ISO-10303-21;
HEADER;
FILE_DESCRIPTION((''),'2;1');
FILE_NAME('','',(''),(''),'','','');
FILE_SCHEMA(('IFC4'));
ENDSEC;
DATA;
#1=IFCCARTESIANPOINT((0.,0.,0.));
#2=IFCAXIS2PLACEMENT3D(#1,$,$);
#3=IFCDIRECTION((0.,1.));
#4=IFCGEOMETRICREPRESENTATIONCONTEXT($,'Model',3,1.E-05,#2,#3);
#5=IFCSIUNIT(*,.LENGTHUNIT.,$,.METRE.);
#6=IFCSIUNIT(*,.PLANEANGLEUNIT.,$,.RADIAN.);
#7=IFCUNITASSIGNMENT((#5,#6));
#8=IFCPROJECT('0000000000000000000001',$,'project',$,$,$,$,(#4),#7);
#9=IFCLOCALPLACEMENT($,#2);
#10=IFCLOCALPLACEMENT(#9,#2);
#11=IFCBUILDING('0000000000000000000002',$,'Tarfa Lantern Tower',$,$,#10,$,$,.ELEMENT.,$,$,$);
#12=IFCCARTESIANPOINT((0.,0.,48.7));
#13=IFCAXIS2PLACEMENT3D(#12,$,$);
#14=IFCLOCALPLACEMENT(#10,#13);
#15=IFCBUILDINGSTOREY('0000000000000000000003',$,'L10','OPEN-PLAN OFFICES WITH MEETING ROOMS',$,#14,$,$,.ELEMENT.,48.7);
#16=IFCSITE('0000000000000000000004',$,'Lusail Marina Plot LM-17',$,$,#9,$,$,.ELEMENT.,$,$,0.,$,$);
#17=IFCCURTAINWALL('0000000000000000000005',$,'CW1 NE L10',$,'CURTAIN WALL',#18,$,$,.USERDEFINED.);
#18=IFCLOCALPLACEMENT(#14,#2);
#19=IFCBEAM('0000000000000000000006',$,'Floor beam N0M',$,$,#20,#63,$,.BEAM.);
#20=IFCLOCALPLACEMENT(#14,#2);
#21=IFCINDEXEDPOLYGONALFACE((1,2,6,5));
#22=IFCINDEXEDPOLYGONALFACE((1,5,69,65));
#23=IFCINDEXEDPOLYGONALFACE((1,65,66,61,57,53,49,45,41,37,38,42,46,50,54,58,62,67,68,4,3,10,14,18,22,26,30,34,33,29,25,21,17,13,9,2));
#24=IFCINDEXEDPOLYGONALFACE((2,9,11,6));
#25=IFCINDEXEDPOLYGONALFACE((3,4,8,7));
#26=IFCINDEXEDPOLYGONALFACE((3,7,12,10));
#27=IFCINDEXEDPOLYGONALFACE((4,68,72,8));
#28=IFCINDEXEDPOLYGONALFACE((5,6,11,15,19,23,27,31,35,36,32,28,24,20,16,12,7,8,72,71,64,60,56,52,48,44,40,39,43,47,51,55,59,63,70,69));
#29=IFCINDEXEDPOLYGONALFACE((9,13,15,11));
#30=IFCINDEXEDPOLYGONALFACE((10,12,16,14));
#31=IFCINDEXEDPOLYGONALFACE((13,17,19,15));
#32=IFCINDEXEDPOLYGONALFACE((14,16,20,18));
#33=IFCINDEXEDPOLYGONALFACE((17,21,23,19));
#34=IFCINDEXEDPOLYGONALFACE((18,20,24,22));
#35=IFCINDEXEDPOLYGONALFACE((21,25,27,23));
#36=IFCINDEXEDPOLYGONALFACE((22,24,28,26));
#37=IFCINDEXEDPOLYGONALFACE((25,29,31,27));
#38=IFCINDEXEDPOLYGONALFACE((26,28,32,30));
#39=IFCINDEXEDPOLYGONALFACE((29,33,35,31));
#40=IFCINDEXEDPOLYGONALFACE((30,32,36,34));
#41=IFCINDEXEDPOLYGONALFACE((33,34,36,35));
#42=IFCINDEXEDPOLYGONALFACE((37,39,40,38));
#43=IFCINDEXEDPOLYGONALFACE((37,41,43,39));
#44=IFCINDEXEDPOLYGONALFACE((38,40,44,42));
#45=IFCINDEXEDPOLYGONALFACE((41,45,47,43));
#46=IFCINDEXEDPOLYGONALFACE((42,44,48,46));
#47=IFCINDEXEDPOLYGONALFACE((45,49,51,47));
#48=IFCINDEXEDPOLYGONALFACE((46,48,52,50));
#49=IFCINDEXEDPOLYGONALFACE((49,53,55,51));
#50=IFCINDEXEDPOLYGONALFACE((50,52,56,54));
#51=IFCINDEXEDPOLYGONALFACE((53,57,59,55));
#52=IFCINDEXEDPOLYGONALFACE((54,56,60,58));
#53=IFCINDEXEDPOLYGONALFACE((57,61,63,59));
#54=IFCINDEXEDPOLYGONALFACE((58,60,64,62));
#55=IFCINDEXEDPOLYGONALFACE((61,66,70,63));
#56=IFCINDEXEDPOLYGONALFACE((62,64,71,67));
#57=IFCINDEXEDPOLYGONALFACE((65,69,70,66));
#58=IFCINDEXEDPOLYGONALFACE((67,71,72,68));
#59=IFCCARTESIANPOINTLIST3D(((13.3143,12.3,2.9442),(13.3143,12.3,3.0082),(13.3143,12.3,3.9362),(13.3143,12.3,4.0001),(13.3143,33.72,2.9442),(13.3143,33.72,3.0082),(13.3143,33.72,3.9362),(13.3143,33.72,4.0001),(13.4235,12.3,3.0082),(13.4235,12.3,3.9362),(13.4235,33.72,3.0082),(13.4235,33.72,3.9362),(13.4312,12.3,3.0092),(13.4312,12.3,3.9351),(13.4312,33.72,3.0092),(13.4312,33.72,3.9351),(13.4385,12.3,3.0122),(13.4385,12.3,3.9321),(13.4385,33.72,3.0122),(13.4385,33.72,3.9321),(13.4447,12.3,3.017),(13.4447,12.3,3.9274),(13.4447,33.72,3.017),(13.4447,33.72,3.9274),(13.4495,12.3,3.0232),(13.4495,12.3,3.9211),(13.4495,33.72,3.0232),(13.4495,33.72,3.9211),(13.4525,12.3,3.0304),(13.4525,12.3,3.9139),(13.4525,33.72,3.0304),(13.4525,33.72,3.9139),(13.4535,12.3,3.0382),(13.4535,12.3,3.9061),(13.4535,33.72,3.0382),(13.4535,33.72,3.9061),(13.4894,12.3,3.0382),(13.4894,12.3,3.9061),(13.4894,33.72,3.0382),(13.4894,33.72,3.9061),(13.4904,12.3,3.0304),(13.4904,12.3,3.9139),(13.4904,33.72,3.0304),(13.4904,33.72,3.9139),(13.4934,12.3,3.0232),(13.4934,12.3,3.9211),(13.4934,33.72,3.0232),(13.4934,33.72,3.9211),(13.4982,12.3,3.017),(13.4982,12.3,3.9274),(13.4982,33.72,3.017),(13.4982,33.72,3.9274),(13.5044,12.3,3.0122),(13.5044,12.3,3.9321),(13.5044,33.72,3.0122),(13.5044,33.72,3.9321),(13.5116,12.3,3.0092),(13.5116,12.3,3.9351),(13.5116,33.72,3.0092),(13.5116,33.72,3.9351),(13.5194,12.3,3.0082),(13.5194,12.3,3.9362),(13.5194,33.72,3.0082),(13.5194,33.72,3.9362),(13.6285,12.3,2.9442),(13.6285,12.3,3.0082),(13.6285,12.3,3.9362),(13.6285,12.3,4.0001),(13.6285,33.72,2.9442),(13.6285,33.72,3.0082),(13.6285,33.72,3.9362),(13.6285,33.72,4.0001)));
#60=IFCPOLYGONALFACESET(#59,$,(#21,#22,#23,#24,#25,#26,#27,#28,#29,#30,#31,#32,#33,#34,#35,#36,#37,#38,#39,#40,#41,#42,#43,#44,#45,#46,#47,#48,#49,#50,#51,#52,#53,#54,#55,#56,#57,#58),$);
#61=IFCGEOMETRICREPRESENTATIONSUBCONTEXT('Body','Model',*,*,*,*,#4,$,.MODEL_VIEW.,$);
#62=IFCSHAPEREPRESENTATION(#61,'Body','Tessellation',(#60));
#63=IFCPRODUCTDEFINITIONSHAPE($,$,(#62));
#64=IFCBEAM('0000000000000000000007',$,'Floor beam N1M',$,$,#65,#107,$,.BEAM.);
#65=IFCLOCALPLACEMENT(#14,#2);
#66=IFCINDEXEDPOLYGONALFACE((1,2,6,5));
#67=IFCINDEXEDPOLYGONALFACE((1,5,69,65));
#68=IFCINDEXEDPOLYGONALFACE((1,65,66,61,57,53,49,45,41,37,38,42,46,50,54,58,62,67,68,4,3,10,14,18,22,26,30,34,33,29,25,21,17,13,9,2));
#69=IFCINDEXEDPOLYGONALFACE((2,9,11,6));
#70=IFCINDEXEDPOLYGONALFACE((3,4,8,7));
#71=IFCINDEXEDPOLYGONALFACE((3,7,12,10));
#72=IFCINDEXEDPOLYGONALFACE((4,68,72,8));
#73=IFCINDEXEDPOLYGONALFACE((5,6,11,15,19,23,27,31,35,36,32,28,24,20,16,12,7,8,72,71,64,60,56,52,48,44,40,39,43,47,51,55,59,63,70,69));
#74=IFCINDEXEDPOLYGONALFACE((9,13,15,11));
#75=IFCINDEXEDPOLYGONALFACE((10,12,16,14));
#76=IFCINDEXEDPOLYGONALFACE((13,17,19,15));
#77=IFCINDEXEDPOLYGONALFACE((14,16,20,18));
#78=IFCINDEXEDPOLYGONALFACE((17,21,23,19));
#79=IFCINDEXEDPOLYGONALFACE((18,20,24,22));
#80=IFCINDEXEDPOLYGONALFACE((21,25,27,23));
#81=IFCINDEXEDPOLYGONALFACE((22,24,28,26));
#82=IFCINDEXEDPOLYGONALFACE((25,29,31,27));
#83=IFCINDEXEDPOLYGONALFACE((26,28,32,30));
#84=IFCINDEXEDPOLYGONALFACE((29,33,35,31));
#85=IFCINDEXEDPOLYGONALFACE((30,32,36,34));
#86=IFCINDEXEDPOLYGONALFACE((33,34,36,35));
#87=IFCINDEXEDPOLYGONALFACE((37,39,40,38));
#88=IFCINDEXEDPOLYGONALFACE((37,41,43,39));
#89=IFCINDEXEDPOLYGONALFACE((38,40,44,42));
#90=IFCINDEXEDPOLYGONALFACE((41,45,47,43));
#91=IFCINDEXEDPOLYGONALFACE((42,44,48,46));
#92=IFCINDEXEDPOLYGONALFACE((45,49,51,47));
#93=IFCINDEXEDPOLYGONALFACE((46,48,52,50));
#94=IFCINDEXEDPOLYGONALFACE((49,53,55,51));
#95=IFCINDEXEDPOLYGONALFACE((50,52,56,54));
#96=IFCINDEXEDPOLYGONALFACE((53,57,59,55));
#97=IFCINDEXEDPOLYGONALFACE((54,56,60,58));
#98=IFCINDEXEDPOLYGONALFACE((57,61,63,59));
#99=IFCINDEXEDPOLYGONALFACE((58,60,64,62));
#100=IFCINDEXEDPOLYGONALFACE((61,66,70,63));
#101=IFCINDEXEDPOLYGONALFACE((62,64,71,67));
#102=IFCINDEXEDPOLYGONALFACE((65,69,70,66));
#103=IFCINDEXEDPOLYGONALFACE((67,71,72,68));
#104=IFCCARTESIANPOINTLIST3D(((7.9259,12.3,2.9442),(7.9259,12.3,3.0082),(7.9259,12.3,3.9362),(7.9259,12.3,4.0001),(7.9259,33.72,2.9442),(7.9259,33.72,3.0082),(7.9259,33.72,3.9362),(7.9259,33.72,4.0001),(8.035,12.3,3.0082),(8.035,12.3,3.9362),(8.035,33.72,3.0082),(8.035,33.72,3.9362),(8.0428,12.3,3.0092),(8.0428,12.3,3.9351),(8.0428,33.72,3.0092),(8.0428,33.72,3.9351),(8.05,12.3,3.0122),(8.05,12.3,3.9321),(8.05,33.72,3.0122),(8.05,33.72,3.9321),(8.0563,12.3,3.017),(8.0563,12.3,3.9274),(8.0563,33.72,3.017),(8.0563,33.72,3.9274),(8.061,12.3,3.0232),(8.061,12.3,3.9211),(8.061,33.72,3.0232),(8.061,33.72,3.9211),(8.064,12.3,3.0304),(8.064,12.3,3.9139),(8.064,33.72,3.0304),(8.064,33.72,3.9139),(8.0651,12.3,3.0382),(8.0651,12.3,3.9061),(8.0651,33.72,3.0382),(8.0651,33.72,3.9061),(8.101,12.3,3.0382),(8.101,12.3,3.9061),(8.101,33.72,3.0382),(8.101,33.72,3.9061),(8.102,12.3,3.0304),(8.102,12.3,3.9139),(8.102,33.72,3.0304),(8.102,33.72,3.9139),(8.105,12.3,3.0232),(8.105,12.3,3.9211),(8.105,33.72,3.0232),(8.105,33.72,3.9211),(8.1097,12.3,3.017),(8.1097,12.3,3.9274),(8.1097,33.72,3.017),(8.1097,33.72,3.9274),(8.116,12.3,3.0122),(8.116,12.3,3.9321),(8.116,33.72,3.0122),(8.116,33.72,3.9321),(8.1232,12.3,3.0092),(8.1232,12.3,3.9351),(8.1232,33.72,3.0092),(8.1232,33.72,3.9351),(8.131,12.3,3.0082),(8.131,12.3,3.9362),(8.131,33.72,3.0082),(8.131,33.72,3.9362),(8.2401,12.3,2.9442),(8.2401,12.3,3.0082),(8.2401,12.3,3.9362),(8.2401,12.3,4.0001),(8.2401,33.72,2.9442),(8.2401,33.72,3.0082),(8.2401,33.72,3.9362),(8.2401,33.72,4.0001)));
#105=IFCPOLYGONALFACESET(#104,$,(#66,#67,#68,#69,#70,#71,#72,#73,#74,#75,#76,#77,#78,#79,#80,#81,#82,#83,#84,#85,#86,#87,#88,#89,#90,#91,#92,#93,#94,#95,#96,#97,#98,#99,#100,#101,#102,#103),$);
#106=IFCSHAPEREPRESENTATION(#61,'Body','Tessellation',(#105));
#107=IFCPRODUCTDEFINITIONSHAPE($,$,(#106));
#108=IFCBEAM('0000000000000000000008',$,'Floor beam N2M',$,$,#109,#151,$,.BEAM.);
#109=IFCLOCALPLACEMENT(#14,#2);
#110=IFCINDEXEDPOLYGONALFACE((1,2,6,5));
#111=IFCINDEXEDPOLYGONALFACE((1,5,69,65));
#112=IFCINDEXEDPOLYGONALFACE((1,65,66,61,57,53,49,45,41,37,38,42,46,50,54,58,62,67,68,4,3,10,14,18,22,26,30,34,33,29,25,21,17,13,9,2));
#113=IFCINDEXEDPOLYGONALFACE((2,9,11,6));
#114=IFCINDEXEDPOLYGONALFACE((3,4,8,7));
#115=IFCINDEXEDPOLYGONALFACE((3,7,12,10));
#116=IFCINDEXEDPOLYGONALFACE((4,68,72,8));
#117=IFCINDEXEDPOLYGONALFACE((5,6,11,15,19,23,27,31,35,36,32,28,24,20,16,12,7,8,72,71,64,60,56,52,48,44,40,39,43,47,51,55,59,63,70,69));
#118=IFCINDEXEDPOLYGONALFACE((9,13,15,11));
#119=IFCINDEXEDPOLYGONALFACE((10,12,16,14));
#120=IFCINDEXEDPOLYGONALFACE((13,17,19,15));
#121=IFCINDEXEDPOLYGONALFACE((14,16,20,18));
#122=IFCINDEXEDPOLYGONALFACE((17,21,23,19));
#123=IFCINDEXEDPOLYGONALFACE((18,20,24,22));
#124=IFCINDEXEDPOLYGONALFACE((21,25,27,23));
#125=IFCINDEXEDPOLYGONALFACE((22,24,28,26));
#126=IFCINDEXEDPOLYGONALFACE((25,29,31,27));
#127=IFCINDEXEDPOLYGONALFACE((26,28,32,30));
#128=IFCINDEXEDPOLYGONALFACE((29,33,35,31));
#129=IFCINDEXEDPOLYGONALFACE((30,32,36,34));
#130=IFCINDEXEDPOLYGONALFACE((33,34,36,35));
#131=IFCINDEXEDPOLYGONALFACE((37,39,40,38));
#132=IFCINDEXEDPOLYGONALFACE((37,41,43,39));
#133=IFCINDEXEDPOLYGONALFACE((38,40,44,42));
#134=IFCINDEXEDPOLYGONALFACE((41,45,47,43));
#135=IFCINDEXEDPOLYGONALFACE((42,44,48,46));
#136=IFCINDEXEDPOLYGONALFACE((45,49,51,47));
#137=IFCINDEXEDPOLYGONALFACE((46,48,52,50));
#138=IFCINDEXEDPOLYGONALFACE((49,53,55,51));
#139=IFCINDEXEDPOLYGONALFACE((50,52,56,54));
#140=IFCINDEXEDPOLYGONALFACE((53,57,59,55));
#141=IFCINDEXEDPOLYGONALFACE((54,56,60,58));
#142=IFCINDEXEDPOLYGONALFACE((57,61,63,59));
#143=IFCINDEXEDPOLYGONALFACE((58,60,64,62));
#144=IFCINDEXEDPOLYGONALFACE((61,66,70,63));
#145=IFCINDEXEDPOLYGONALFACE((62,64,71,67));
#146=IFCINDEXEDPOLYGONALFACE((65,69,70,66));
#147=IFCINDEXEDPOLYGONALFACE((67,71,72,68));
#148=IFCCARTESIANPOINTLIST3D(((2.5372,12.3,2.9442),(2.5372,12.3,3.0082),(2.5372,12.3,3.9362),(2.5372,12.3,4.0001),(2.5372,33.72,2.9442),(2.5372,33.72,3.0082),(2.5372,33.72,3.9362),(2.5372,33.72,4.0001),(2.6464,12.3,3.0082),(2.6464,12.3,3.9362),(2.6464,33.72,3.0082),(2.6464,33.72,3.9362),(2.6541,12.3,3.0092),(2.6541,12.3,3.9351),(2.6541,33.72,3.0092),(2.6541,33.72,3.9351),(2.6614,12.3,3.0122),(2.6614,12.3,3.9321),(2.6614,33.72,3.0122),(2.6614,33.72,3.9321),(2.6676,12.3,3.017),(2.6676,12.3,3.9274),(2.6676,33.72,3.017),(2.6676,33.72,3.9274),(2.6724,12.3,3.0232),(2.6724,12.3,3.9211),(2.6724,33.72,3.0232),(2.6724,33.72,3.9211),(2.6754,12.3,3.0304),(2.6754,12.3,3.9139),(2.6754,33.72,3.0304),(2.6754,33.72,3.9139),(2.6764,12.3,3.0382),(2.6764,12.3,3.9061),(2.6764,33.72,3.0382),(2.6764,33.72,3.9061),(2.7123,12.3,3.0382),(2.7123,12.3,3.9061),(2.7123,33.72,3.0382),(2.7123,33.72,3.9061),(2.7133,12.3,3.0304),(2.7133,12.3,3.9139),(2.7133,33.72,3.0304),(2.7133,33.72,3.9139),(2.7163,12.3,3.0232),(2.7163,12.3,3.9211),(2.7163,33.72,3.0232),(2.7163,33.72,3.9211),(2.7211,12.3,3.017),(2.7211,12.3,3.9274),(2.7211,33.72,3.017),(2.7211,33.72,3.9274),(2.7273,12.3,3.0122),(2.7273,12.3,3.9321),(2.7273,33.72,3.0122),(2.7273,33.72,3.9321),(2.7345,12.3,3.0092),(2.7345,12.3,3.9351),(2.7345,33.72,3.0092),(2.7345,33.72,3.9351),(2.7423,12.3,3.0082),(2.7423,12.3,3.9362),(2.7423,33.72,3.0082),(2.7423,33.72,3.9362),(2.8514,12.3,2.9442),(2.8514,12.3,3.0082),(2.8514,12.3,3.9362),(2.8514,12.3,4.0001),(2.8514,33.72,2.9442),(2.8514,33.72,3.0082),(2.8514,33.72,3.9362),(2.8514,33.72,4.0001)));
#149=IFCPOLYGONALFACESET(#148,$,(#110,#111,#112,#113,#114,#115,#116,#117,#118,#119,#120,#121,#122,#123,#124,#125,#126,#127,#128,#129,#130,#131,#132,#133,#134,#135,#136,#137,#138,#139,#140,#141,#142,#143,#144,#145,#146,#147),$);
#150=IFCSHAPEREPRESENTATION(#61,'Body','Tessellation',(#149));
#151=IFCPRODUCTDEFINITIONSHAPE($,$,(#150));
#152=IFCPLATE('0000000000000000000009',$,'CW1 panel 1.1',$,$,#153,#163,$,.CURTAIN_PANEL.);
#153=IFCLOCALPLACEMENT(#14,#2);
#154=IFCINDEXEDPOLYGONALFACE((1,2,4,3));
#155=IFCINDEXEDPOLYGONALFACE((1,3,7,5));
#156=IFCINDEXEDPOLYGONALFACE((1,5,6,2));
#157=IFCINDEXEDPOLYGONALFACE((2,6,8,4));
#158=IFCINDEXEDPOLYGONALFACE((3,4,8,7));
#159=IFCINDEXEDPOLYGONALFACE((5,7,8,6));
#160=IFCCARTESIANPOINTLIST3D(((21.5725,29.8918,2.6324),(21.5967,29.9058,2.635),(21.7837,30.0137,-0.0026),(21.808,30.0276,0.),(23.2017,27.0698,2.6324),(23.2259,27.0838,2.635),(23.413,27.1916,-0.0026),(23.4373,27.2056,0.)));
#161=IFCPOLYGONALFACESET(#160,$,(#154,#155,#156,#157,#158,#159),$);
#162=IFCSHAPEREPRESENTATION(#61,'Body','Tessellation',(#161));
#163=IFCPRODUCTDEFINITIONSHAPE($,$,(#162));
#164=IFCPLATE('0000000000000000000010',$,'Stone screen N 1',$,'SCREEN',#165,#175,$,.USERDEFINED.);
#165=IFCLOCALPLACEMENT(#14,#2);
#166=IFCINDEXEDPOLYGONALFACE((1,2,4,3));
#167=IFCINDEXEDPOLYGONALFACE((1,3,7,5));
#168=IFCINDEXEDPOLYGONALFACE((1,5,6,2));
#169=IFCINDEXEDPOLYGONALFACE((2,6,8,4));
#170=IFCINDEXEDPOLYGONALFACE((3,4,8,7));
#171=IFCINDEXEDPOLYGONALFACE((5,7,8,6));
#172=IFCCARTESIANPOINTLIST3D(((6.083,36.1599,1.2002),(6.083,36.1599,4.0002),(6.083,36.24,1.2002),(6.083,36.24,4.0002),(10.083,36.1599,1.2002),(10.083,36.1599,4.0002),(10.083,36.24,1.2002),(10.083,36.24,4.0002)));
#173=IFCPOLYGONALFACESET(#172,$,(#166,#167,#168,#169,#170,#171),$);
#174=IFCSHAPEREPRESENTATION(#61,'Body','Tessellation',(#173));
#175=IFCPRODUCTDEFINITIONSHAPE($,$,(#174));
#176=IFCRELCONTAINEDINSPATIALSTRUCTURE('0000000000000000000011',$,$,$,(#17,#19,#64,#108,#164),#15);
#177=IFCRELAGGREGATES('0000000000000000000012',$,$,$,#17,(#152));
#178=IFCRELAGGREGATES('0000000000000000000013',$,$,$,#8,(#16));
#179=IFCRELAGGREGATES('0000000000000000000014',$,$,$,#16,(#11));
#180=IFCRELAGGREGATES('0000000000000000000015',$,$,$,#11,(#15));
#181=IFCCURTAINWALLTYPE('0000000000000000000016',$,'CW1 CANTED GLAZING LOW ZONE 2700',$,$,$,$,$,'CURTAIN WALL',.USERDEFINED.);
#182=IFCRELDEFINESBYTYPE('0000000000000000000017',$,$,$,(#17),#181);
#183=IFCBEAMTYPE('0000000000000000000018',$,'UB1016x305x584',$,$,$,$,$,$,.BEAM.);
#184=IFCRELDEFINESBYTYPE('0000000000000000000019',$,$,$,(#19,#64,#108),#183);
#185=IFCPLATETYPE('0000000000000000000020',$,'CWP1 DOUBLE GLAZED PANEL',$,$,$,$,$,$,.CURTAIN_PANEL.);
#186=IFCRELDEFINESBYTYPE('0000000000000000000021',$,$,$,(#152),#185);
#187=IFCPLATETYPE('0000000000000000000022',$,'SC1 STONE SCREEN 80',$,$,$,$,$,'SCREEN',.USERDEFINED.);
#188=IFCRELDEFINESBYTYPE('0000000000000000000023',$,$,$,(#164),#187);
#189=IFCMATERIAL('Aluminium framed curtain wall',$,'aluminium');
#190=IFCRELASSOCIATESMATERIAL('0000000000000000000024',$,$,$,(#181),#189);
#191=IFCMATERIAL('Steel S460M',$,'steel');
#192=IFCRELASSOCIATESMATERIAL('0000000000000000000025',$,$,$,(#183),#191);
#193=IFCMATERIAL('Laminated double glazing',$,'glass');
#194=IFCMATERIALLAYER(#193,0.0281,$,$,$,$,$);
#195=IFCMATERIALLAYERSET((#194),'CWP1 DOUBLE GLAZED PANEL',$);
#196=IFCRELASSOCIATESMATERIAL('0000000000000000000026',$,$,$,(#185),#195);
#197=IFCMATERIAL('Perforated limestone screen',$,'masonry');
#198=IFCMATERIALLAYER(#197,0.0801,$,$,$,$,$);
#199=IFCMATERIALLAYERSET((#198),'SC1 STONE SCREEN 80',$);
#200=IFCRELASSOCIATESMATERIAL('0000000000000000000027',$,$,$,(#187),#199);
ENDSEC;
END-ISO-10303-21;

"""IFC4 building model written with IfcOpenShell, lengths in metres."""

from ifc_helpers import new_model, si_unit, direction, frame, origin, origin_2d, place, context, subcontext, project, spatial, polyline, rectangle, i_section, outline, extrude, material, layer, layer_set, material_profile, profile_set, type_object, element, aggregate, save


model = new_model("IFC4")

# Units and contexts
model_context = context("Model", 3, precision=1e-05, world=origin(), true_north=direction((0.0, 1.0)))
body_context = subcontext(model_context, "Body", "Model", "MODEL_VIEW")
ifc_project = project(units=[si_unit("LENGTHUNIT", "METRE"), si_unit("PLANEANGLEUNIT", "RADIAN")], contexts=[model_context])

# Site, building, storey
site_placement = place(None, origin())
site = spatial("IfcSite", under=ifc_project, at=site_placement, Name="Lusail Marina Plot LM-17", CompositionType="ELEMENT", RefElevation=0.0)
building_placement = place(site_placement, origin())
building = spatial("IfcBuilding", under=site, at=building_placement, Name="Tarfa Lantern Tower", CompositionType="ELEMENT")
storey_placement = place(building_placement, frame((0.0, 0.0, 48.7)))
storey = spatial("IfcBuildingStorey", under=building, at=storey_placement, Name="L10", Description="OPEN-PLAN OFFICES WITH MEETING ROOMS", CompositionType="ELEMENT", Elevation=48.7)

# Curtain wall
ifc_material_1 = material(Name="Aluminium framed curtain wall", Category="aluminium")
curtain_wall_type = type_object("IfcCurtainWallType", Name="CW1 CANTED GLAZING LOW ZONE 2700", ElementType="CURTAIN WALL", PredefinedType="USERDEFINED", material=ifc_material_1)
curtain_wall_placement = place(storey_placement, origin())
curtain_wall = element("IfcCurtainWall", 1, at=curtain_wall_placement, inside=storey, type_object=curtain_wall_type, Name="CW1 NE L10", ObjectType="CURTAIN WALL", PredefinedType="USERDEFINED")

# Beams
ifc_material_2 = material(Name="Steel S460M", Category="steel")
ifc_material_profile_1 = material_profile(ifc_material_2, i_section(OverallWidth=0.3142, OverallDepth=1.0559, WebThickness=0.0359, FlangeThickness=0.064, FilletRadius=0.03, at=origin_2d()), Name="UB1016x305x584")
ifc_profile_set_1 = profile_set([ifc_material_profile_1], Name="Steel S460M")
beam_type_1 = type_object("IfcBeamType", Name="UB1016x305x584", PredefinedType="BEAM", material=ifc_profile_set_1)
for number, where, z_axis, x_axis, name in (
    (2, (13.4714, 33.72, 3.4722), (0.0, -1.0, 0.0), (1.0, 0.0, 0.0), "Floor beam N0M"),
    (3, (8.083, 33.72, 3.4722), (0.0, -1.0, 0.0), (1.0, 0.0, 0.0), "Floor beam N1M"),
    (4, (2.6943, 33.72, 3.4722), (0.0, -1.0, 0.0), (1.0, 0.0, 0.0), "Floor beam N2M"),
):
    element("IfcBeam", number, at=place(storey_placement, frame(where, z_axis=z_axis, x_axis=x_axis)), inside=storey, type_object=beam_type_1, Name=name, PredefinedType="BEAM", context=body_context, shape_type="SweptSolid", body=[
        extrude(i_section(OverallWidth=0.3142, OverallDepth=1.0559, WebThickness=0.0359, FlangeThickness=0.064, FilletRadius=0.03, at=origin_2d()), origin(), (0.0, 0.0, 1.0), 21.4199),
    ])

# Plates
ifc_material_3 = material(Name="Laminated double glazing", Category="glass")
ifc_layer_1 = layer(ifc_material_3, 0.0281)
ifc_layer_set_1 = layer_set([ifc_layer_1], Name="CWP1 DOUBLE GLAZED PANEL")
plate_type_1 = type_object("IfcPlateType", Name="CWP1 DOUBLE GLAZED PANEL", PredefinedType="CURTAIN_PANEL", material=ifc_layer_set_1)
plate_1_placement = place(storey_placement, frame((23.4373, 27.2056, 0.0), z_axis=(0.862342, 0.497867, 0.09217), x_axis=(-0.499995, 0.866028, 0.000003)))
plate_1 = element("IfcPlate", 5, at=plate_1_placement, type_object=plate_type_1, Name="CW1 panel 1.1", PredefinedType="CURTAIN_PANEL", context=body_context, shape_type="SweptSolid", body=[
    extrude(outline(polyline([(0.0, 0.0), (3.2586, 0.0), (3.2587, 2.6463), (0.0002, 2.6463), (0.0, 0.0)])), origin(), (0.0, 0.0, -1.0), 0.0281),
])
aggregate(curtain_wall, [plate_1])
ifc_material_4 = material(Name="Perforated limestone screen", Category="masonry")
ifc_layer_2 = layer(ifc_material_4, 0.0801)
ifc_layer_set_2 = layer_set([ifc_layer_2], Name="SC1 STONE SCREEN 80")
plate_type_2 = type_object("IfcPlateType", Name="SC1 STONE SCREEN 80", ElementType="SCREEN", PredefinedType="USERDEFINED", material=ifc_layer_set_2)
plate_2_placement = place(storey_placement, frame((8.083, 36.2, 1.2002), z_axis=(0.0, 0.0, 1.0), x_axis=(-1.0, 0.0, 0.0)))
element("IfcPlate", 6, at=plate_2_placement, inside=storey, type_object=plate_type_2, Name="Stone screen N 1", ObjectType="SCREEN", PredefinedType="USERDEFINED", context=body_context, shape_type="SweptSolid", body=[
    extrude(rectangle(XDim=4.0, YDim=0.0801, at=origin_2d()), origin(), (0.0, 0.0, 1.0), 2.8),
])

save(model, "model.ifc")
